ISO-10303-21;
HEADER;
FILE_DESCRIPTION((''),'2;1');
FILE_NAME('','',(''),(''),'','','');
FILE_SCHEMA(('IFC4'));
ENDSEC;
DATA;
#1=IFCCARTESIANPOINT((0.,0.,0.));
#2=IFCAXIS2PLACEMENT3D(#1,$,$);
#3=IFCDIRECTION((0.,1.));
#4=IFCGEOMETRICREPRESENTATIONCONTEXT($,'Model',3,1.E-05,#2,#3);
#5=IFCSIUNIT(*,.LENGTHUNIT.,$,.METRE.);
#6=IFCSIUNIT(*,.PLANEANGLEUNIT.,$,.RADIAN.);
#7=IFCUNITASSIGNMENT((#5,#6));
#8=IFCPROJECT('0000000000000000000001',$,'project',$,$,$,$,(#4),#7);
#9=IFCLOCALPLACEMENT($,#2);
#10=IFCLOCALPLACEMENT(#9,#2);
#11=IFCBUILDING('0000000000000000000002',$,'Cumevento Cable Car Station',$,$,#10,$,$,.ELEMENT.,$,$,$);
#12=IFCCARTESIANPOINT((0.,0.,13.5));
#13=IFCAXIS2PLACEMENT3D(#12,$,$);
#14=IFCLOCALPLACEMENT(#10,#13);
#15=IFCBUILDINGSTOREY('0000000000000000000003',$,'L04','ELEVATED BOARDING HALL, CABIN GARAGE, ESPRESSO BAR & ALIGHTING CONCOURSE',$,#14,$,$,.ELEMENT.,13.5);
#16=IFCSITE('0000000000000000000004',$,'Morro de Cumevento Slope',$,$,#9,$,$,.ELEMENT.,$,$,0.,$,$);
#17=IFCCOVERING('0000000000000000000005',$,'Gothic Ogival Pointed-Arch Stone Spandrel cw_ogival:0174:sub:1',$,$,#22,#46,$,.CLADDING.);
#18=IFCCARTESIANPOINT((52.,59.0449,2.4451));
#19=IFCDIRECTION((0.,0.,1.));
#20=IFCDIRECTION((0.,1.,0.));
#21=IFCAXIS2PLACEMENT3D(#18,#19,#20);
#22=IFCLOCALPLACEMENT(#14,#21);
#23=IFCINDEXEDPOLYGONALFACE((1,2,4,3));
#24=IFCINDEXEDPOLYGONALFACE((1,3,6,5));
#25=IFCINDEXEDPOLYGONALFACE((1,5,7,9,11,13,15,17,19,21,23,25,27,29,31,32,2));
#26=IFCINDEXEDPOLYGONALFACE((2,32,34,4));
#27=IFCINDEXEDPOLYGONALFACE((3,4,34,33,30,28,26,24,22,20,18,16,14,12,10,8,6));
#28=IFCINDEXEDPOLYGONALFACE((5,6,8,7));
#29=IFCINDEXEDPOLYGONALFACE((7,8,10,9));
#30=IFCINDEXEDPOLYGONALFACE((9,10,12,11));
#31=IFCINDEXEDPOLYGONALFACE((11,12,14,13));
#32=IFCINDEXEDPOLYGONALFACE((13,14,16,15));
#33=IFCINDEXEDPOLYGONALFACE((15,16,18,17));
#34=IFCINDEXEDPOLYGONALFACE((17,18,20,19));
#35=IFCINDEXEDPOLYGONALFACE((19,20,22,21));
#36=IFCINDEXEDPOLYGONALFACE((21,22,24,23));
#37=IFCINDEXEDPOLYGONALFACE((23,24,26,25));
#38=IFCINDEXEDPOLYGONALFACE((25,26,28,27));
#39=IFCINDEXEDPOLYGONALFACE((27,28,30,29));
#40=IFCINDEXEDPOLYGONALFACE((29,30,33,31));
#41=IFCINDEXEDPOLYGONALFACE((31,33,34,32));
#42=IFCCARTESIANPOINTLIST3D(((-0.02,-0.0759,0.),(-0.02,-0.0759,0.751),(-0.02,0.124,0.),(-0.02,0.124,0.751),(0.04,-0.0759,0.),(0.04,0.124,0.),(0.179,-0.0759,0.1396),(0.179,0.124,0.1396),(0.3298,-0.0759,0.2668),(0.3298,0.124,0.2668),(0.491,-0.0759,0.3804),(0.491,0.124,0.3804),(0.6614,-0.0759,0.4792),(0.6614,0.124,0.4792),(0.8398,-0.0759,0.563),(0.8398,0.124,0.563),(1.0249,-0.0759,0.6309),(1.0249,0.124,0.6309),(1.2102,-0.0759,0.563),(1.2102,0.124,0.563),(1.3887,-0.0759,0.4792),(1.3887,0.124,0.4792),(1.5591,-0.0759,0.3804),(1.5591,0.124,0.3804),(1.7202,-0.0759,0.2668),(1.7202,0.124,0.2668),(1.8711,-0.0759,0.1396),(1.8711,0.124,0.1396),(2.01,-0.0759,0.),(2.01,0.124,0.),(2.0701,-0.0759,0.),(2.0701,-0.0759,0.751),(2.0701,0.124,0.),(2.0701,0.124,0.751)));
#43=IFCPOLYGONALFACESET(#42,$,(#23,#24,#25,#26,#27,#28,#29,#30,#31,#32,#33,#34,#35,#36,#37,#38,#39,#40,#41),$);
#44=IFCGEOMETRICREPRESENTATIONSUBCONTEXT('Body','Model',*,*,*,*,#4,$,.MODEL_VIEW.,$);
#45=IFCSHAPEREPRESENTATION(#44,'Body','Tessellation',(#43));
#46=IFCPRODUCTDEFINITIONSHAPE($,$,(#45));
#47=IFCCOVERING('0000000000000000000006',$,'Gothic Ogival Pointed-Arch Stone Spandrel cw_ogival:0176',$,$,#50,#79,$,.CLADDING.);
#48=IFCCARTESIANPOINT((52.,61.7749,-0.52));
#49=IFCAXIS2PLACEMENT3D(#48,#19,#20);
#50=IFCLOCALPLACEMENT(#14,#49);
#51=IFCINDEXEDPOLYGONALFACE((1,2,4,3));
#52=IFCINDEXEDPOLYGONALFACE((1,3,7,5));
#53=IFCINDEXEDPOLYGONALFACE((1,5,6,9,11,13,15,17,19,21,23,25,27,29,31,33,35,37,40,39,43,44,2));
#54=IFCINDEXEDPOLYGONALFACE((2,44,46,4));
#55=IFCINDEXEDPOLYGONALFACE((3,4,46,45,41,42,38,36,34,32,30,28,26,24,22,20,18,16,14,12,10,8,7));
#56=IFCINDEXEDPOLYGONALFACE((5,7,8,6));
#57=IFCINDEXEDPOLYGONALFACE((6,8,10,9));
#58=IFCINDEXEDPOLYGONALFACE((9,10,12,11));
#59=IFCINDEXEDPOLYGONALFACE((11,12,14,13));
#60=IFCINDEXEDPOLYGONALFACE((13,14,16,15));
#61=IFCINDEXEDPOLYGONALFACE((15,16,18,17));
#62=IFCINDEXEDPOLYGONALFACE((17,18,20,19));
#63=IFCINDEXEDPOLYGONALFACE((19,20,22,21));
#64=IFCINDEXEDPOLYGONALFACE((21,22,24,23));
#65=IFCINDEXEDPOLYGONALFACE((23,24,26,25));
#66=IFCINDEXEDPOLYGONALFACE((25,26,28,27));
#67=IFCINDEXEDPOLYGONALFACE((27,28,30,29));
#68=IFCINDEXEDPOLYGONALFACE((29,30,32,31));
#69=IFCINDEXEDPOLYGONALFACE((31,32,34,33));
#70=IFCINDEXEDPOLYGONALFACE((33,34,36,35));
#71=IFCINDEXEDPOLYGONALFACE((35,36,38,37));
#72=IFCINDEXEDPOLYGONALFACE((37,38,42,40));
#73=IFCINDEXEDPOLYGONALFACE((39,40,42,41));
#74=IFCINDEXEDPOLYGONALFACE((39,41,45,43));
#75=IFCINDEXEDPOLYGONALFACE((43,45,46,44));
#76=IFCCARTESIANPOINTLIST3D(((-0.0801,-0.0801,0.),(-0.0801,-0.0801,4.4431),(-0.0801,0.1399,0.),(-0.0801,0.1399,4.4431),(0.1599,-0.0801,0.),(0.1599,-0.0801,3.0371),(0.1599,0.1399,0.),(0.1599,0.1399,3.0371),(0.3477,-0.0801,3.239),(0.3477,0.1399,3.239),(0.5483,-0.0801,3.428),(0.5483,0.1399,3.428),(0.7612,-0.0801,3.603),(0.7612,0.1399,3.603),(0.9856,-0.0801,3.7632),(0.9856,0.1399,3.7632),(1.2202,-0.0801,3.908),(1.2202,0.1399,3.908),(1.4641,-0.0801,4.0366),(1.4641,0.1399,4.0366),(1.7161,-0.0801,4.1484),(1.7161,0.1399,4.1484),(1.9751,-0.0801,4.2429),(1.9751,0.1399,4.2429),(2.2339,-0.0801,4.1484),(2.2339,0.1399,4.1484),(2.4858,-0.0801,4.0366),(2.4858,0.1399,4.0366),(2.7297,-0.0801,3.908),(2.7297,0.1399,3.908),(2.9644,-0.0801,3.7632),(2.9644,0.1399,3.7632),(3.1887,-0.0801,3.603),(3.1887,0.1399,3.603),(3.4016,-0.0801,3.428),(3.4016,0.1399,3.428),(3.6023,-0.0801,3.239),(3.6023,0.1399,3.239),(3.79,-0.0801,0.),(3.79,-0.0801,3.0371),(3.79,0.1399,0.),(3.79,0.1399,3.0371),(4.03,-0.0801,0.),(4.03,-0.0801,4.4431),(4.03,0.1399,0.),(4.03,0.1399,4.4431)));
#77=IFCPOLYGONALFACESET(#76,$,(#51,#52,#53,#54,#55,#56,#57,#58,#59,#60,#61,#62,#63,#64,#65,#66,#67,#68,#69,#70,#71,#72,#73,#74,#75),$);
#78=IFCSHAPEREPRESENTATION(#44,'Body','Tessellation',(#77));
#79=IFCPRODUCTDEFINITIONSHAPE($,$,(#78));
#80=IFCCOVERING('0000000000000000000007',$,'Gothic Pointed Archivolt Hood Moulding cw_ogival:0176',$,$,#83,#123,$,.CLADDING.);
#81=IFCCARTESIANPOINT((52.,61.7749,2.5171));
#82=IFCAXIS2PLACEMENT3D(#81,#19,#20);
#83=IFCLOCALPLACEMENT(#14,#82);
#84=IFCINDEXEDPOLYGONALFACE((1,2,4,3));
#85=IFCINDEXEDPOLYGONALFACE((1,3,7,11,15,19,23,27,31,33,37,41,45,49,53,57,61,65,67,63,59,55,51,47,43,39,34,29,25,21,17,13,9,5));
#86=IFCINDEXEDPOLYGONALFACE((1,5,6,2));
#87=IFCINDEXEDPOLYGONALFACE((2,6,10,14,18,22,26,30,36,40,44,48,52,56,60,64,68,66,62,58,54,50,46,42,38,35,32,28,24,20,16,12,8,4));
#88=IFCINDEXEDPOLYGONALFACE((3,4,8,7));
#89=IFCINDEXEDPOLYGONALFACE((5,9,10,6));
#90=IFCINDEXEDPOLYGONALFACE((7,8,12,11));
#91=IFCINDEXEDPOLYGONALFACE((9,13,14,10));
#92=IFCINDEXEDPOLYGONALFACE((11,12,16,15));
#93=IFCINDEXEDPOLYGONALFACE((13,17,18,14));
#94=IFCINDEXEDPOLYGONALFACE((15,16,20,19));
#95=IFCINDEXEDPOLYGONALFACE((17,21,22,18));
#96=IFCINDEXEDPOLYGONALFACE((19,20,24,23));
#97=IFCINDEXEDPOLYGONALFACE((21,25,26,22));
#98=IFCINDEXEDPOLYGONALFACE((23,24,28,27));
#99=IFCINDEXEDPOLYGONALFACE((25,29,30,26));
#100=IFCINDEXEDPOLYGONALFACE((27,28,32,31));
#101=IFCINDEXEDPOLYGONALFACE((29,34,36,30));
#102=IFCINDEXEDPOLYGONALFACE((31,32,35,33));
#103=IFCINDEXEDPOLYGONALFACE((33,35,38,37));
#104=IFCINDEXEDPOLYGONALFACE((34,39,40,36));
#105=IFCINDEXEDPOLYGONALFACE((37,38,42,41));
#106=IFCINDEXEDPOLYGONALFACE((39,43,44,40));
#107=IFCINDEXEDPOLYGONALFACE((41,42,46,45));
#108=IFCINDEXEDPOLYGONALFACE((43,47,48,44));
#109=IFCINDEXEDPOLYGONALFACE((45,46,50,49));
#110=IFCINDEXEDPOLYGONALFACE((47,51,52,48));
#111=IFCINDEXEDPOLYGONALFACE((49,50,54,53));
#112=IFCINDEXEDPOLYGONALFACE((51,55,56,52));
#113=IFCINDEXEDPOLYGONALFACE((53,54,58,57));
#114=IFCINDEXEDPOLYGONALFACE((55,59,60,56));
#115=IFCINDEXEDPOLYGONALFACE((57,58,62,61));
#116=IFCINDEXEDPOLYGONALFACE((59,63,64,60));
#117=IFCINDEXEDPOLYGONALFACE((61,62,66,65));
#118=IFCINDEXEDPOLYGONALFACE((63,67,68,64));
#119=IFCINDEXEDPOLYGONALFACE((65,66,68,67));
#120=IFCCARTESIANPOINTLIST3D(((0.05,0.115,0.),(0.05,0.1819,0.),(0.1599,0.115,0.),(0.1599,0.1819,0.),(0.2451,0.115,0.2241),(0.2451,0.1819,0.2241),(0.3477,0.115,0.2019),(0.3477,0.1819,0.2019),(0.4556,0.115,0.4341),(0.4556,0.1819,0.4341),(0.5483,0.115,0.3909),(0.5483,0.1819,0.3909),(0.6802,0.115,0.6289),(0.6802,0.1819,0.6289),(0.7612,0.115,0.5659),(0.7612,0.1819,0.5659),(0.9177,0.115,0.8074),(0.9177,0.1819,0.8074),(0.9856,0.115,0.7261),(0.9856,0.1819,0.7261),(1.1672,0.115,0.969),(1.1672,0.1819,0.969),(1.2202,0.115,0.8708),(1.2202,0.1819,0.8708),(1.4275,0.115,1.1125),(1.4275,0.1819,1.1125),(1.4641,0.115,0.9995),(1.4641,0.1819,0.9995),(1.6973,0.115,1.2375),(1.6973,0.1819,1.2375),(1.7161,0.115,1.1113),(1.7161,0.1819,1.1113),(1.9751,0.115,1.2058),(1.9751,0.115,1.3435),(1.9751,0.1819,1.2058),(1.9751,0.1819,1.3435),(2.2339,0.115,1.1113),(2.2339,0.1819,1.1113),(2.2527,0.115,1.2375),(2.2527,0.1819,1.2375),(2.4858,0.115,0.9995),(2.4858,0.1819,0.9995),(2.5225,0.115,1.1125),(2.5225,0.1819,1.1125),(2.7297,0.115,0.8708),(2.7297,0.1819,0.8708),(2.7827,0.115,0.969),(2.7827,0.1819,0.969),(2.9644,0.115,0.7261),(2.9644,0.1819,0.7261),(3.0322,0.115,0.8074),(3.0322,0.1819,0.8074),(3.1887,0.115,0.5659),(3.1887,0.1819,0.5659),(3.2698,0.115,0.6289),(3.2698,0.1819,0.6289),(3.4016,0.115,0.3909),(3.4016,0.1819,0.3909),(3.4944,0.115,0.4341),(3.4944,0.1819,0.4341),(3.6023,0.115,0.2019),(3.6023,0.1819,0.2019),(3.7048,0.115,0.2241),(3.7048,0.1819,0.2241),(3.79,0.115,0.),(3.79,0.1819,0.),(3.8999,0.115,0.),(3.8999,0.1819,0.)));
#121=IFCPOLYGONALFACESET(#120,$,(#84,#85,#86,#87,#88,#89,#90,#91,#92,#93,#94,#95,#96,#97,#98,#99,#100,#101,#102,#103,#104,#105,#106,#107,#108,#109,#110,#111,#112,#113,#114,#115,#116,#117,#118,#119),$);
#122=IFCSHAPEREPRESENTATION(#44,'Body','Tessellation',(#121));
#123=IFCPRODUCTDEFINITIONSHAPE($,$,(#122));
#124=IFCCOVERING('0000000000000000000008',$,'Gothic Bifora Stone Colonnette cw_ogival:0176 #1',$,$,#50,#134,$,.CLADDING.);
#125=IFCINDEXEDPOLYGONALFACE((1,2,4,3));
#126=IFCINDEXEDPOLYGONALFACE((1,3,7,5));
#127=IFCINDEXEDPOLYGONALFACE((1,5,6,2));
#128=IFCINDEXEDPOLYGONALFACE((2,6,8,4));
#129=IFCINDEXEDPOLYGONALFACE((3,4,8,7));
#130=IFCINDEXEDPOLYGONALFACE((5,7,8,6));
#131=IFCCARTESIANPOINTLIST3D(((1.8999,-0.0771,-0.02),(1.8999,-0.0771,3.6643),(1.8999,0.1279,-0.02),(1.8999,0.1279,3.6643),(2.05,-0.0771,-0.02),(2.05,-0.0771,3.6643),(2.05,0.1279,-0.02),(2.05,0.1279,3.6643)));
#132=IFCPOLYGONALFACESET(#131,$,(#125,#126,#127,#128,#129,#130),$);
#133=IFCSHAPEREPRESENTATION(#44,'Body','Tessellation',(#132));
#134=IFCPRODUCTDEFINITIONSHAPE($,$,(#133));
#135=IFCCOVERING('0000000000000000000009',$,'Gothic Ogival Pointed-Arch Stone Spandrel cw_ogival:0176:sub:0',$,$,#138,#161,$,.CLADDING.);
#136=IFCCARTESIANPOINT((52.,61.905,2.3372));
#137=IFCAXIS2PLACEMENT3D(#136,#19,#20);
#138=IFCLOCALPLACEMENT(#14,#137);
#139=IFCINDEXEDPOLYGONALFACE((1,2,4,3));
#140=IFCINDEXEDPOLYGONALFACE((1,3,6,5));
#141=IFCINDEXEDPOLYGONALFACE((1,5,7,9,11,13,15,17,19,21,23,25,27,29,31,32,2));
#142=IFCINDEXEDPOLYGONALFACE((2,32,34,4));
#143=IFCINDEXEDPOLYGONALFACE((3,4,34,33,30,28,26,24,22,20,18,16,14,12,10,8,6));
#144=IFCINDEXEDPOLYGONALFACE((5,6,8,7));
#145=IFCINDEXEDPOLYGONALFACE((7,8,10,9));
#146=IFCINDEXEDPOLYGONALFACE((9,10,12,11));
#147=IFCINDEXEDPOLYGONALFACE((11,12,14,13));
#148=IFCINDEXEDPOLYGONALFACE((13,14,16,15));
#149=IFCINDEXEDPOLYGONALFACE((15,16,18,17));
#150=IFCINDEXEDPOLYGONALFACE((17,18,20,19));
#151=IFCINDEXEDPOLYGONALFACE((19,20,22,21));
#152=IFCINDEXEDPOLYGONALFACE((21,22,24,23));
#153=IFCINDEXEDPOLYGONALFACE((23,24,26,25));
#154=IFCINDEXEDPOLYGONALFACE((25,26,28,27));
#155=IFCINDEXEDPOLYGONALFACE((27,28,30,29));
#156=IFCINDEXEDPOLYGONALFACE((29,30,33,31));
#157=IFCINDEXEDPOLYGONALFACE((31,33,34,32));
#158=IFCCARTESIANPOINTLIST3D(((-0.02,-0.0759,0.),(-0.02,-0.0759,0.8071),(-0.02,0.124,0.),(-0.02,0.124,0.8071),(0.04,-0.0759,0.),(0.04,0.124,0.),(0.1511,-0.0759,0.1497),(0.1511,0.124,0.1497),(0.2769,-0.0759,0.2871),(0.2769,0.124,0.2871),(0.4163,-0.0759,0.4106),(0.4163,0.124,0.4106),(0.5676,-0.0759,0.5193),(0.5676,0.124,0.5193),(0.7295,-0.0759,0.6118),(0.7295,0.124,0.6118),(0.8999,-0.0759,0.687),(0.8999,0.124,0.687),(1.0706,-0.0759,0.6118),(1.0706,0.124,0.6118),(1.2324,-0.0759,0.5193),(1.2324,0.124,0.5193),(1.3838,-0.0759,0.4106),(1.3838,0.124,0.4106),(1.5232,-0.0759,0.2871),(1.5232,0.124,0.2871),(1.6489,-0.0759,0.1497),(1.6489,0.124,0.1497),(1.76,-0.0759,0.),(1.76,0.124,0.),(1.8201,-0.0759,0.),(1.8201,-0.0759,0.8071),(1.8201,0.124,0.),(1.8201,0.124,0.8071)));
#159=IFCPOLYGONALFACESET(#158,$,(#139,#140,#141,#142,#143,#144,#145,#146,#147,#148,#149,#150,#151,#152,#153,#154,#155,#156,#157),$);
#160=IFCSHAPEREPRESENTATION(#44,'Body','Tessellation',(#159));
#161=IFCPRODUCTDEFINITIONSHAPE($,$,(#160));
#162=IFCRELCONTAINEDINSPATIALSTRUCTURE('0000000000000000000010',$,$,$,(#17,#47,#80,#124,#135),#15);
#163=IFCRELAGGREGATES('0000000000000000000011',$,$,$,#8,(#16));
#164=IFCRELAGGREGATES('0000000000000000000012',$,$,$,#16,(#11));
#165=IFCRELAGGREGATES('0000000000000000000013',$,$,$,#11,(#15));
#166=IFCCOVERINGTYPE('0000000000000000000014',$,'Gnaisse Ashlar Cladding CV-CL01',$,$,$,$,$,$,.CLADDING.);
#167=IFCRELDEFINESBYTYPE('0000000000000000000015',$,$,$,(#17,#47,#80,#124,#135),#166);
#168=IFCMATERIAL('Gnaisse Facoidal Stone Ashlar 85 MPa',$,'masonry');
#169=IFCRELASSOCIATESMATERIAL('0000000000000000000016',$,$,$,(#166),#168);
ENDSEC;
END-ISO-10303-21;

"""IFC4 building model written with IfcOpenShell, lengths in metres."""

from ifc_helpers import new_model, si_unit, direction, frame, origin, place, context, subcontext, project, spatial, polyline, outline, extrude, material, type_object, element, save


model = new_model("IFC4")

# Units and contexts
model_context = context("Model", 3, precision=1e-05, world=origin(), true_north=direction((0.0, 1.0)))
body_context = subcontext(model_context, "Body", "Model", "MODEL_VIEW")
ifc_project = project(units=[si_unit("LENGTHUNIT", "METRE"), si_unit("PLANEANGLEUNIT", "RADIAN")], contexts=[model_context])

# Site, building, storey
site_placement = place(None, origin())
site = spatial("IfcSite", under=ifc_project, at=site_placement, Name="Morro de Cumevento Slope", CompositionType="ELEMENT", RefElevation=0.0)
building_placement = place(site_placement, origin())
building = spatial("IfcBuilding", under=site, at=building_placement, Name="Cumevento Cable Car Station", CompositionType="ELEMENT")
storey_placement = place(building_placement, frame((0.0, 0.0, 13.5)))
storey = spatial("IfcBuildingStorey", under=building, at=storey_placement, Name="L04", Description="ELEVATED BOARDING HALL, CABIN GARAGE, ESPRESSO BAR & ALIGHTING CONCOURSE", CompositionType="ELEMENT", Elevation=13.5)

# Coverings
ifc_material_1 = material(Name="Gnaisse Facoidal Stone Ashlar 85 MPa", Category="masonry")
covering_type = type_object("IfcCoveringType", Name="Gnaisse Ashlar Cladding CV-CL01", PredefinedType="CLADDING", material=ifc_material_1)
covering_1_placement = place(storey_placement, frame((52.0, 59.0449, 2.4451), z_axis=(0.0, 0.0, 1.0), x_axis=(0.0, 1.0, 0.0)))
element("IfcCovering", 1, at=covering_1_placement, inside=storey, type_object=covering_type, Name="Gothic Ogival Pointed-Arch Stone Spandrel cw_ogival:0174:sub:1", PredefinedType="CLADDING", context=body_context, shape_type="SweptSolid", body=[
    extrude(outline(polyline([(-0.02, 0.0), (-0.02, 0.751), (2.0701, 0.751), (2.0701, 0.0), (2.01, 0.0), (1.8711, 0.1396), (1.7202, 0.2668), (1.5591, 0.3804), (1.3887, 0.4792), (1.2102, 0.563), (1.0249, 0.6309), (0.8398, 0.563), (0.6614, 0.4792), (0.491, 0.3804), (0.3298, 0.2668), (0.179, 0.1396), (0.04, 0.0), (-0.02, 0.0)])), frame((0.0, 0.124, 0.0), z_axis=(0.0, -1.0, 0.0), x_axis=(1.0, 0.0, 0.0)), (0.0, 0.0, 1.0), 0.2),
])
placement = place(storey_placement, frame((52.0, 61.7749, -0.52), z_axis=(0.0, 0.0, 1.0), x_axis=(0.0, 1.0, 0.0)))
element("IfcCovering", 2, at=placement, inside=storey, type_object=covering_type, Name="Gothic Ogival Pointed-Arch Stone Spandrel cw_ogival:0176", PredefinedType="CLADDING", context=body_context, shape_type="SweptSolid", body=[
    extrude(outline(polyline([(-0.0801, 0.0), (-0.0801, 4.4431), (4.03, 4.4431), (4.03, 0.0), (3.79, 0.0), (3.79, 3.0371), (3.6023, 3.239), (3.4016, 3.428), (3.1887, 3.603), (2.9644, 3.7632), (2.7297, 3.908), (2.4858, 4.0366), (2.2339, 4.1484), (1.9751, 4.2429), (1.7161, 4.1484), (1.4641, 4.0366), (1.2202, 3.908), (0.9856, 3.7632), (0.7612, 3.603), (0.5483, 3.428), (0.3477, 3.239), (0.1599, 3.0371), (0.1599, 0.0), (-0.0801, 0.0)])), frame((0.0, 0.1399, 0.0), z_axis=(0.0, -1.0, 0.0), x_axis=(1.0, 0.0, 0.0)), (0.0, 0.0, 1.0), 0.22),
])
covering_2_placement = place(storey_placement, frame((52.0, 61.7749, 2.5171), z_axis=(0.0, 0.0, 1.0), x_axis=(0.0, 1.0, 0.0)))
element("IfcCovering", 3, at=covering_2_placement, inside=storey, type_object=covering_type, Name="Gothic Pointed Archivolt Hood Moulding cw_ogival:0176", PredefinedType="CLADDING", context=body_context, shape_type="SweptSolid", body=[
    extrude(outline(polyline([(0.1599, 0.0), (0.3477, 0.2019), (0.5483, 0.3909), (0.7612, 0.5659), (0.9856, 0.7261), (1.2202, 0.8708), (1.4641, 0.9995), (1.7161, 1.1113), (1.9751, 1.2058), (2.2339, 1.1113), (2.4858, 0.9995), (2.7297, 0.8708), (2.9644, 0.7261), (3.1887, 0.5659), (3.4016, 0.3909), (3.6023, 0.2019), (3.79, 0.0), (3.8999, 0.0), (3.7048, 0.2241), (3.4944, 0.4341), (3.2698, 0.6289), (3.0322, 0.8074), (2.7827, 0.969), (2.5225, 1.1125), (2.2527, 1.2375), (1.9751, 1.3435), (1.6973, 1.2375), (1.4275, 1.1125), (1.1672, 0.969), (0.9177, 0.8074), (0.6802, 0.6289), (0.4556, 0.4341), (0.2451, 0.2241), (0.05, 0.0), (0.1599, 0.0)])), frame((0.0, 0.1819, 0.0), z_axis=(0.0, -1.0, 0.0), x_axis=(1.0, 0.0, 0.0)), (0.0, 0.0, 1.0), 0.0669),
])
element("IfcCovering", 4, at=placement, inside=storey, type_object=covering_type, Name="Gothic Bifora Stone Colonnette cw_ogival:0176 #1", PredefinedType="CLADDING", context=body_context, shape_type="SweptSolid", body=[
    extrude(outline(polyline([(1.8999, -0.02), (2.05, -0.02), (2.05, 3.6643), (1.8999, 3.6643), (1.8999, -0.02)])), frame((0.0, 0.1279, 0.0), z_axis=(0.0, -1.0, 0.0), x_axis=(1.0, 0.0, 0.0)), (0.0, 0.0, 1.0), 0.2051),
])
covering_3_placement = place(storey_placement, frame((52.0, 61.905, 2.3372), z_axis=(0.0, 0.0, 1.0), x_axis=(0.0, 1.0, 0.0)))
element("IfcCovering", 5, at=covering_3_placement, inside=storey, type_object=covering_type, Name="Gothic Ogival Pointed-Arch Stone Spandrel cw_ogival:0176:sub:0", PredefinedType="CLADDING", context=body_context, shape_type="SweptSolid", body=[
    extrude(outline(polyline([(-0.02, 0.0), (-0.02, 0.8071), (1.8201, 0.8071), (1.8201, 0.0), (1.76, 0.0), (1.6489, 0.1497), (1.5232, 0.2871), (1.3838, 0.4106), (1.2324, 0.5193), (1.0706, 0.6118), (0.8999, 0.687), (0.7295, 0.6118), (0.5676, 0.5193), (0.4163, 0.4106), (0.2769, 0.2871), (0.1511, 0.1497), (0.04, 0.0), (-0.02, 0.0)])), frame((0.0, 0.124, 0.0), z_axis=(0.0, -1.0, 0.0), x_axis=(1.0, 0.0, 0.0)), (0.0, 0.0, 1.0), 0.2),
])

save(model, "model.ifc")
